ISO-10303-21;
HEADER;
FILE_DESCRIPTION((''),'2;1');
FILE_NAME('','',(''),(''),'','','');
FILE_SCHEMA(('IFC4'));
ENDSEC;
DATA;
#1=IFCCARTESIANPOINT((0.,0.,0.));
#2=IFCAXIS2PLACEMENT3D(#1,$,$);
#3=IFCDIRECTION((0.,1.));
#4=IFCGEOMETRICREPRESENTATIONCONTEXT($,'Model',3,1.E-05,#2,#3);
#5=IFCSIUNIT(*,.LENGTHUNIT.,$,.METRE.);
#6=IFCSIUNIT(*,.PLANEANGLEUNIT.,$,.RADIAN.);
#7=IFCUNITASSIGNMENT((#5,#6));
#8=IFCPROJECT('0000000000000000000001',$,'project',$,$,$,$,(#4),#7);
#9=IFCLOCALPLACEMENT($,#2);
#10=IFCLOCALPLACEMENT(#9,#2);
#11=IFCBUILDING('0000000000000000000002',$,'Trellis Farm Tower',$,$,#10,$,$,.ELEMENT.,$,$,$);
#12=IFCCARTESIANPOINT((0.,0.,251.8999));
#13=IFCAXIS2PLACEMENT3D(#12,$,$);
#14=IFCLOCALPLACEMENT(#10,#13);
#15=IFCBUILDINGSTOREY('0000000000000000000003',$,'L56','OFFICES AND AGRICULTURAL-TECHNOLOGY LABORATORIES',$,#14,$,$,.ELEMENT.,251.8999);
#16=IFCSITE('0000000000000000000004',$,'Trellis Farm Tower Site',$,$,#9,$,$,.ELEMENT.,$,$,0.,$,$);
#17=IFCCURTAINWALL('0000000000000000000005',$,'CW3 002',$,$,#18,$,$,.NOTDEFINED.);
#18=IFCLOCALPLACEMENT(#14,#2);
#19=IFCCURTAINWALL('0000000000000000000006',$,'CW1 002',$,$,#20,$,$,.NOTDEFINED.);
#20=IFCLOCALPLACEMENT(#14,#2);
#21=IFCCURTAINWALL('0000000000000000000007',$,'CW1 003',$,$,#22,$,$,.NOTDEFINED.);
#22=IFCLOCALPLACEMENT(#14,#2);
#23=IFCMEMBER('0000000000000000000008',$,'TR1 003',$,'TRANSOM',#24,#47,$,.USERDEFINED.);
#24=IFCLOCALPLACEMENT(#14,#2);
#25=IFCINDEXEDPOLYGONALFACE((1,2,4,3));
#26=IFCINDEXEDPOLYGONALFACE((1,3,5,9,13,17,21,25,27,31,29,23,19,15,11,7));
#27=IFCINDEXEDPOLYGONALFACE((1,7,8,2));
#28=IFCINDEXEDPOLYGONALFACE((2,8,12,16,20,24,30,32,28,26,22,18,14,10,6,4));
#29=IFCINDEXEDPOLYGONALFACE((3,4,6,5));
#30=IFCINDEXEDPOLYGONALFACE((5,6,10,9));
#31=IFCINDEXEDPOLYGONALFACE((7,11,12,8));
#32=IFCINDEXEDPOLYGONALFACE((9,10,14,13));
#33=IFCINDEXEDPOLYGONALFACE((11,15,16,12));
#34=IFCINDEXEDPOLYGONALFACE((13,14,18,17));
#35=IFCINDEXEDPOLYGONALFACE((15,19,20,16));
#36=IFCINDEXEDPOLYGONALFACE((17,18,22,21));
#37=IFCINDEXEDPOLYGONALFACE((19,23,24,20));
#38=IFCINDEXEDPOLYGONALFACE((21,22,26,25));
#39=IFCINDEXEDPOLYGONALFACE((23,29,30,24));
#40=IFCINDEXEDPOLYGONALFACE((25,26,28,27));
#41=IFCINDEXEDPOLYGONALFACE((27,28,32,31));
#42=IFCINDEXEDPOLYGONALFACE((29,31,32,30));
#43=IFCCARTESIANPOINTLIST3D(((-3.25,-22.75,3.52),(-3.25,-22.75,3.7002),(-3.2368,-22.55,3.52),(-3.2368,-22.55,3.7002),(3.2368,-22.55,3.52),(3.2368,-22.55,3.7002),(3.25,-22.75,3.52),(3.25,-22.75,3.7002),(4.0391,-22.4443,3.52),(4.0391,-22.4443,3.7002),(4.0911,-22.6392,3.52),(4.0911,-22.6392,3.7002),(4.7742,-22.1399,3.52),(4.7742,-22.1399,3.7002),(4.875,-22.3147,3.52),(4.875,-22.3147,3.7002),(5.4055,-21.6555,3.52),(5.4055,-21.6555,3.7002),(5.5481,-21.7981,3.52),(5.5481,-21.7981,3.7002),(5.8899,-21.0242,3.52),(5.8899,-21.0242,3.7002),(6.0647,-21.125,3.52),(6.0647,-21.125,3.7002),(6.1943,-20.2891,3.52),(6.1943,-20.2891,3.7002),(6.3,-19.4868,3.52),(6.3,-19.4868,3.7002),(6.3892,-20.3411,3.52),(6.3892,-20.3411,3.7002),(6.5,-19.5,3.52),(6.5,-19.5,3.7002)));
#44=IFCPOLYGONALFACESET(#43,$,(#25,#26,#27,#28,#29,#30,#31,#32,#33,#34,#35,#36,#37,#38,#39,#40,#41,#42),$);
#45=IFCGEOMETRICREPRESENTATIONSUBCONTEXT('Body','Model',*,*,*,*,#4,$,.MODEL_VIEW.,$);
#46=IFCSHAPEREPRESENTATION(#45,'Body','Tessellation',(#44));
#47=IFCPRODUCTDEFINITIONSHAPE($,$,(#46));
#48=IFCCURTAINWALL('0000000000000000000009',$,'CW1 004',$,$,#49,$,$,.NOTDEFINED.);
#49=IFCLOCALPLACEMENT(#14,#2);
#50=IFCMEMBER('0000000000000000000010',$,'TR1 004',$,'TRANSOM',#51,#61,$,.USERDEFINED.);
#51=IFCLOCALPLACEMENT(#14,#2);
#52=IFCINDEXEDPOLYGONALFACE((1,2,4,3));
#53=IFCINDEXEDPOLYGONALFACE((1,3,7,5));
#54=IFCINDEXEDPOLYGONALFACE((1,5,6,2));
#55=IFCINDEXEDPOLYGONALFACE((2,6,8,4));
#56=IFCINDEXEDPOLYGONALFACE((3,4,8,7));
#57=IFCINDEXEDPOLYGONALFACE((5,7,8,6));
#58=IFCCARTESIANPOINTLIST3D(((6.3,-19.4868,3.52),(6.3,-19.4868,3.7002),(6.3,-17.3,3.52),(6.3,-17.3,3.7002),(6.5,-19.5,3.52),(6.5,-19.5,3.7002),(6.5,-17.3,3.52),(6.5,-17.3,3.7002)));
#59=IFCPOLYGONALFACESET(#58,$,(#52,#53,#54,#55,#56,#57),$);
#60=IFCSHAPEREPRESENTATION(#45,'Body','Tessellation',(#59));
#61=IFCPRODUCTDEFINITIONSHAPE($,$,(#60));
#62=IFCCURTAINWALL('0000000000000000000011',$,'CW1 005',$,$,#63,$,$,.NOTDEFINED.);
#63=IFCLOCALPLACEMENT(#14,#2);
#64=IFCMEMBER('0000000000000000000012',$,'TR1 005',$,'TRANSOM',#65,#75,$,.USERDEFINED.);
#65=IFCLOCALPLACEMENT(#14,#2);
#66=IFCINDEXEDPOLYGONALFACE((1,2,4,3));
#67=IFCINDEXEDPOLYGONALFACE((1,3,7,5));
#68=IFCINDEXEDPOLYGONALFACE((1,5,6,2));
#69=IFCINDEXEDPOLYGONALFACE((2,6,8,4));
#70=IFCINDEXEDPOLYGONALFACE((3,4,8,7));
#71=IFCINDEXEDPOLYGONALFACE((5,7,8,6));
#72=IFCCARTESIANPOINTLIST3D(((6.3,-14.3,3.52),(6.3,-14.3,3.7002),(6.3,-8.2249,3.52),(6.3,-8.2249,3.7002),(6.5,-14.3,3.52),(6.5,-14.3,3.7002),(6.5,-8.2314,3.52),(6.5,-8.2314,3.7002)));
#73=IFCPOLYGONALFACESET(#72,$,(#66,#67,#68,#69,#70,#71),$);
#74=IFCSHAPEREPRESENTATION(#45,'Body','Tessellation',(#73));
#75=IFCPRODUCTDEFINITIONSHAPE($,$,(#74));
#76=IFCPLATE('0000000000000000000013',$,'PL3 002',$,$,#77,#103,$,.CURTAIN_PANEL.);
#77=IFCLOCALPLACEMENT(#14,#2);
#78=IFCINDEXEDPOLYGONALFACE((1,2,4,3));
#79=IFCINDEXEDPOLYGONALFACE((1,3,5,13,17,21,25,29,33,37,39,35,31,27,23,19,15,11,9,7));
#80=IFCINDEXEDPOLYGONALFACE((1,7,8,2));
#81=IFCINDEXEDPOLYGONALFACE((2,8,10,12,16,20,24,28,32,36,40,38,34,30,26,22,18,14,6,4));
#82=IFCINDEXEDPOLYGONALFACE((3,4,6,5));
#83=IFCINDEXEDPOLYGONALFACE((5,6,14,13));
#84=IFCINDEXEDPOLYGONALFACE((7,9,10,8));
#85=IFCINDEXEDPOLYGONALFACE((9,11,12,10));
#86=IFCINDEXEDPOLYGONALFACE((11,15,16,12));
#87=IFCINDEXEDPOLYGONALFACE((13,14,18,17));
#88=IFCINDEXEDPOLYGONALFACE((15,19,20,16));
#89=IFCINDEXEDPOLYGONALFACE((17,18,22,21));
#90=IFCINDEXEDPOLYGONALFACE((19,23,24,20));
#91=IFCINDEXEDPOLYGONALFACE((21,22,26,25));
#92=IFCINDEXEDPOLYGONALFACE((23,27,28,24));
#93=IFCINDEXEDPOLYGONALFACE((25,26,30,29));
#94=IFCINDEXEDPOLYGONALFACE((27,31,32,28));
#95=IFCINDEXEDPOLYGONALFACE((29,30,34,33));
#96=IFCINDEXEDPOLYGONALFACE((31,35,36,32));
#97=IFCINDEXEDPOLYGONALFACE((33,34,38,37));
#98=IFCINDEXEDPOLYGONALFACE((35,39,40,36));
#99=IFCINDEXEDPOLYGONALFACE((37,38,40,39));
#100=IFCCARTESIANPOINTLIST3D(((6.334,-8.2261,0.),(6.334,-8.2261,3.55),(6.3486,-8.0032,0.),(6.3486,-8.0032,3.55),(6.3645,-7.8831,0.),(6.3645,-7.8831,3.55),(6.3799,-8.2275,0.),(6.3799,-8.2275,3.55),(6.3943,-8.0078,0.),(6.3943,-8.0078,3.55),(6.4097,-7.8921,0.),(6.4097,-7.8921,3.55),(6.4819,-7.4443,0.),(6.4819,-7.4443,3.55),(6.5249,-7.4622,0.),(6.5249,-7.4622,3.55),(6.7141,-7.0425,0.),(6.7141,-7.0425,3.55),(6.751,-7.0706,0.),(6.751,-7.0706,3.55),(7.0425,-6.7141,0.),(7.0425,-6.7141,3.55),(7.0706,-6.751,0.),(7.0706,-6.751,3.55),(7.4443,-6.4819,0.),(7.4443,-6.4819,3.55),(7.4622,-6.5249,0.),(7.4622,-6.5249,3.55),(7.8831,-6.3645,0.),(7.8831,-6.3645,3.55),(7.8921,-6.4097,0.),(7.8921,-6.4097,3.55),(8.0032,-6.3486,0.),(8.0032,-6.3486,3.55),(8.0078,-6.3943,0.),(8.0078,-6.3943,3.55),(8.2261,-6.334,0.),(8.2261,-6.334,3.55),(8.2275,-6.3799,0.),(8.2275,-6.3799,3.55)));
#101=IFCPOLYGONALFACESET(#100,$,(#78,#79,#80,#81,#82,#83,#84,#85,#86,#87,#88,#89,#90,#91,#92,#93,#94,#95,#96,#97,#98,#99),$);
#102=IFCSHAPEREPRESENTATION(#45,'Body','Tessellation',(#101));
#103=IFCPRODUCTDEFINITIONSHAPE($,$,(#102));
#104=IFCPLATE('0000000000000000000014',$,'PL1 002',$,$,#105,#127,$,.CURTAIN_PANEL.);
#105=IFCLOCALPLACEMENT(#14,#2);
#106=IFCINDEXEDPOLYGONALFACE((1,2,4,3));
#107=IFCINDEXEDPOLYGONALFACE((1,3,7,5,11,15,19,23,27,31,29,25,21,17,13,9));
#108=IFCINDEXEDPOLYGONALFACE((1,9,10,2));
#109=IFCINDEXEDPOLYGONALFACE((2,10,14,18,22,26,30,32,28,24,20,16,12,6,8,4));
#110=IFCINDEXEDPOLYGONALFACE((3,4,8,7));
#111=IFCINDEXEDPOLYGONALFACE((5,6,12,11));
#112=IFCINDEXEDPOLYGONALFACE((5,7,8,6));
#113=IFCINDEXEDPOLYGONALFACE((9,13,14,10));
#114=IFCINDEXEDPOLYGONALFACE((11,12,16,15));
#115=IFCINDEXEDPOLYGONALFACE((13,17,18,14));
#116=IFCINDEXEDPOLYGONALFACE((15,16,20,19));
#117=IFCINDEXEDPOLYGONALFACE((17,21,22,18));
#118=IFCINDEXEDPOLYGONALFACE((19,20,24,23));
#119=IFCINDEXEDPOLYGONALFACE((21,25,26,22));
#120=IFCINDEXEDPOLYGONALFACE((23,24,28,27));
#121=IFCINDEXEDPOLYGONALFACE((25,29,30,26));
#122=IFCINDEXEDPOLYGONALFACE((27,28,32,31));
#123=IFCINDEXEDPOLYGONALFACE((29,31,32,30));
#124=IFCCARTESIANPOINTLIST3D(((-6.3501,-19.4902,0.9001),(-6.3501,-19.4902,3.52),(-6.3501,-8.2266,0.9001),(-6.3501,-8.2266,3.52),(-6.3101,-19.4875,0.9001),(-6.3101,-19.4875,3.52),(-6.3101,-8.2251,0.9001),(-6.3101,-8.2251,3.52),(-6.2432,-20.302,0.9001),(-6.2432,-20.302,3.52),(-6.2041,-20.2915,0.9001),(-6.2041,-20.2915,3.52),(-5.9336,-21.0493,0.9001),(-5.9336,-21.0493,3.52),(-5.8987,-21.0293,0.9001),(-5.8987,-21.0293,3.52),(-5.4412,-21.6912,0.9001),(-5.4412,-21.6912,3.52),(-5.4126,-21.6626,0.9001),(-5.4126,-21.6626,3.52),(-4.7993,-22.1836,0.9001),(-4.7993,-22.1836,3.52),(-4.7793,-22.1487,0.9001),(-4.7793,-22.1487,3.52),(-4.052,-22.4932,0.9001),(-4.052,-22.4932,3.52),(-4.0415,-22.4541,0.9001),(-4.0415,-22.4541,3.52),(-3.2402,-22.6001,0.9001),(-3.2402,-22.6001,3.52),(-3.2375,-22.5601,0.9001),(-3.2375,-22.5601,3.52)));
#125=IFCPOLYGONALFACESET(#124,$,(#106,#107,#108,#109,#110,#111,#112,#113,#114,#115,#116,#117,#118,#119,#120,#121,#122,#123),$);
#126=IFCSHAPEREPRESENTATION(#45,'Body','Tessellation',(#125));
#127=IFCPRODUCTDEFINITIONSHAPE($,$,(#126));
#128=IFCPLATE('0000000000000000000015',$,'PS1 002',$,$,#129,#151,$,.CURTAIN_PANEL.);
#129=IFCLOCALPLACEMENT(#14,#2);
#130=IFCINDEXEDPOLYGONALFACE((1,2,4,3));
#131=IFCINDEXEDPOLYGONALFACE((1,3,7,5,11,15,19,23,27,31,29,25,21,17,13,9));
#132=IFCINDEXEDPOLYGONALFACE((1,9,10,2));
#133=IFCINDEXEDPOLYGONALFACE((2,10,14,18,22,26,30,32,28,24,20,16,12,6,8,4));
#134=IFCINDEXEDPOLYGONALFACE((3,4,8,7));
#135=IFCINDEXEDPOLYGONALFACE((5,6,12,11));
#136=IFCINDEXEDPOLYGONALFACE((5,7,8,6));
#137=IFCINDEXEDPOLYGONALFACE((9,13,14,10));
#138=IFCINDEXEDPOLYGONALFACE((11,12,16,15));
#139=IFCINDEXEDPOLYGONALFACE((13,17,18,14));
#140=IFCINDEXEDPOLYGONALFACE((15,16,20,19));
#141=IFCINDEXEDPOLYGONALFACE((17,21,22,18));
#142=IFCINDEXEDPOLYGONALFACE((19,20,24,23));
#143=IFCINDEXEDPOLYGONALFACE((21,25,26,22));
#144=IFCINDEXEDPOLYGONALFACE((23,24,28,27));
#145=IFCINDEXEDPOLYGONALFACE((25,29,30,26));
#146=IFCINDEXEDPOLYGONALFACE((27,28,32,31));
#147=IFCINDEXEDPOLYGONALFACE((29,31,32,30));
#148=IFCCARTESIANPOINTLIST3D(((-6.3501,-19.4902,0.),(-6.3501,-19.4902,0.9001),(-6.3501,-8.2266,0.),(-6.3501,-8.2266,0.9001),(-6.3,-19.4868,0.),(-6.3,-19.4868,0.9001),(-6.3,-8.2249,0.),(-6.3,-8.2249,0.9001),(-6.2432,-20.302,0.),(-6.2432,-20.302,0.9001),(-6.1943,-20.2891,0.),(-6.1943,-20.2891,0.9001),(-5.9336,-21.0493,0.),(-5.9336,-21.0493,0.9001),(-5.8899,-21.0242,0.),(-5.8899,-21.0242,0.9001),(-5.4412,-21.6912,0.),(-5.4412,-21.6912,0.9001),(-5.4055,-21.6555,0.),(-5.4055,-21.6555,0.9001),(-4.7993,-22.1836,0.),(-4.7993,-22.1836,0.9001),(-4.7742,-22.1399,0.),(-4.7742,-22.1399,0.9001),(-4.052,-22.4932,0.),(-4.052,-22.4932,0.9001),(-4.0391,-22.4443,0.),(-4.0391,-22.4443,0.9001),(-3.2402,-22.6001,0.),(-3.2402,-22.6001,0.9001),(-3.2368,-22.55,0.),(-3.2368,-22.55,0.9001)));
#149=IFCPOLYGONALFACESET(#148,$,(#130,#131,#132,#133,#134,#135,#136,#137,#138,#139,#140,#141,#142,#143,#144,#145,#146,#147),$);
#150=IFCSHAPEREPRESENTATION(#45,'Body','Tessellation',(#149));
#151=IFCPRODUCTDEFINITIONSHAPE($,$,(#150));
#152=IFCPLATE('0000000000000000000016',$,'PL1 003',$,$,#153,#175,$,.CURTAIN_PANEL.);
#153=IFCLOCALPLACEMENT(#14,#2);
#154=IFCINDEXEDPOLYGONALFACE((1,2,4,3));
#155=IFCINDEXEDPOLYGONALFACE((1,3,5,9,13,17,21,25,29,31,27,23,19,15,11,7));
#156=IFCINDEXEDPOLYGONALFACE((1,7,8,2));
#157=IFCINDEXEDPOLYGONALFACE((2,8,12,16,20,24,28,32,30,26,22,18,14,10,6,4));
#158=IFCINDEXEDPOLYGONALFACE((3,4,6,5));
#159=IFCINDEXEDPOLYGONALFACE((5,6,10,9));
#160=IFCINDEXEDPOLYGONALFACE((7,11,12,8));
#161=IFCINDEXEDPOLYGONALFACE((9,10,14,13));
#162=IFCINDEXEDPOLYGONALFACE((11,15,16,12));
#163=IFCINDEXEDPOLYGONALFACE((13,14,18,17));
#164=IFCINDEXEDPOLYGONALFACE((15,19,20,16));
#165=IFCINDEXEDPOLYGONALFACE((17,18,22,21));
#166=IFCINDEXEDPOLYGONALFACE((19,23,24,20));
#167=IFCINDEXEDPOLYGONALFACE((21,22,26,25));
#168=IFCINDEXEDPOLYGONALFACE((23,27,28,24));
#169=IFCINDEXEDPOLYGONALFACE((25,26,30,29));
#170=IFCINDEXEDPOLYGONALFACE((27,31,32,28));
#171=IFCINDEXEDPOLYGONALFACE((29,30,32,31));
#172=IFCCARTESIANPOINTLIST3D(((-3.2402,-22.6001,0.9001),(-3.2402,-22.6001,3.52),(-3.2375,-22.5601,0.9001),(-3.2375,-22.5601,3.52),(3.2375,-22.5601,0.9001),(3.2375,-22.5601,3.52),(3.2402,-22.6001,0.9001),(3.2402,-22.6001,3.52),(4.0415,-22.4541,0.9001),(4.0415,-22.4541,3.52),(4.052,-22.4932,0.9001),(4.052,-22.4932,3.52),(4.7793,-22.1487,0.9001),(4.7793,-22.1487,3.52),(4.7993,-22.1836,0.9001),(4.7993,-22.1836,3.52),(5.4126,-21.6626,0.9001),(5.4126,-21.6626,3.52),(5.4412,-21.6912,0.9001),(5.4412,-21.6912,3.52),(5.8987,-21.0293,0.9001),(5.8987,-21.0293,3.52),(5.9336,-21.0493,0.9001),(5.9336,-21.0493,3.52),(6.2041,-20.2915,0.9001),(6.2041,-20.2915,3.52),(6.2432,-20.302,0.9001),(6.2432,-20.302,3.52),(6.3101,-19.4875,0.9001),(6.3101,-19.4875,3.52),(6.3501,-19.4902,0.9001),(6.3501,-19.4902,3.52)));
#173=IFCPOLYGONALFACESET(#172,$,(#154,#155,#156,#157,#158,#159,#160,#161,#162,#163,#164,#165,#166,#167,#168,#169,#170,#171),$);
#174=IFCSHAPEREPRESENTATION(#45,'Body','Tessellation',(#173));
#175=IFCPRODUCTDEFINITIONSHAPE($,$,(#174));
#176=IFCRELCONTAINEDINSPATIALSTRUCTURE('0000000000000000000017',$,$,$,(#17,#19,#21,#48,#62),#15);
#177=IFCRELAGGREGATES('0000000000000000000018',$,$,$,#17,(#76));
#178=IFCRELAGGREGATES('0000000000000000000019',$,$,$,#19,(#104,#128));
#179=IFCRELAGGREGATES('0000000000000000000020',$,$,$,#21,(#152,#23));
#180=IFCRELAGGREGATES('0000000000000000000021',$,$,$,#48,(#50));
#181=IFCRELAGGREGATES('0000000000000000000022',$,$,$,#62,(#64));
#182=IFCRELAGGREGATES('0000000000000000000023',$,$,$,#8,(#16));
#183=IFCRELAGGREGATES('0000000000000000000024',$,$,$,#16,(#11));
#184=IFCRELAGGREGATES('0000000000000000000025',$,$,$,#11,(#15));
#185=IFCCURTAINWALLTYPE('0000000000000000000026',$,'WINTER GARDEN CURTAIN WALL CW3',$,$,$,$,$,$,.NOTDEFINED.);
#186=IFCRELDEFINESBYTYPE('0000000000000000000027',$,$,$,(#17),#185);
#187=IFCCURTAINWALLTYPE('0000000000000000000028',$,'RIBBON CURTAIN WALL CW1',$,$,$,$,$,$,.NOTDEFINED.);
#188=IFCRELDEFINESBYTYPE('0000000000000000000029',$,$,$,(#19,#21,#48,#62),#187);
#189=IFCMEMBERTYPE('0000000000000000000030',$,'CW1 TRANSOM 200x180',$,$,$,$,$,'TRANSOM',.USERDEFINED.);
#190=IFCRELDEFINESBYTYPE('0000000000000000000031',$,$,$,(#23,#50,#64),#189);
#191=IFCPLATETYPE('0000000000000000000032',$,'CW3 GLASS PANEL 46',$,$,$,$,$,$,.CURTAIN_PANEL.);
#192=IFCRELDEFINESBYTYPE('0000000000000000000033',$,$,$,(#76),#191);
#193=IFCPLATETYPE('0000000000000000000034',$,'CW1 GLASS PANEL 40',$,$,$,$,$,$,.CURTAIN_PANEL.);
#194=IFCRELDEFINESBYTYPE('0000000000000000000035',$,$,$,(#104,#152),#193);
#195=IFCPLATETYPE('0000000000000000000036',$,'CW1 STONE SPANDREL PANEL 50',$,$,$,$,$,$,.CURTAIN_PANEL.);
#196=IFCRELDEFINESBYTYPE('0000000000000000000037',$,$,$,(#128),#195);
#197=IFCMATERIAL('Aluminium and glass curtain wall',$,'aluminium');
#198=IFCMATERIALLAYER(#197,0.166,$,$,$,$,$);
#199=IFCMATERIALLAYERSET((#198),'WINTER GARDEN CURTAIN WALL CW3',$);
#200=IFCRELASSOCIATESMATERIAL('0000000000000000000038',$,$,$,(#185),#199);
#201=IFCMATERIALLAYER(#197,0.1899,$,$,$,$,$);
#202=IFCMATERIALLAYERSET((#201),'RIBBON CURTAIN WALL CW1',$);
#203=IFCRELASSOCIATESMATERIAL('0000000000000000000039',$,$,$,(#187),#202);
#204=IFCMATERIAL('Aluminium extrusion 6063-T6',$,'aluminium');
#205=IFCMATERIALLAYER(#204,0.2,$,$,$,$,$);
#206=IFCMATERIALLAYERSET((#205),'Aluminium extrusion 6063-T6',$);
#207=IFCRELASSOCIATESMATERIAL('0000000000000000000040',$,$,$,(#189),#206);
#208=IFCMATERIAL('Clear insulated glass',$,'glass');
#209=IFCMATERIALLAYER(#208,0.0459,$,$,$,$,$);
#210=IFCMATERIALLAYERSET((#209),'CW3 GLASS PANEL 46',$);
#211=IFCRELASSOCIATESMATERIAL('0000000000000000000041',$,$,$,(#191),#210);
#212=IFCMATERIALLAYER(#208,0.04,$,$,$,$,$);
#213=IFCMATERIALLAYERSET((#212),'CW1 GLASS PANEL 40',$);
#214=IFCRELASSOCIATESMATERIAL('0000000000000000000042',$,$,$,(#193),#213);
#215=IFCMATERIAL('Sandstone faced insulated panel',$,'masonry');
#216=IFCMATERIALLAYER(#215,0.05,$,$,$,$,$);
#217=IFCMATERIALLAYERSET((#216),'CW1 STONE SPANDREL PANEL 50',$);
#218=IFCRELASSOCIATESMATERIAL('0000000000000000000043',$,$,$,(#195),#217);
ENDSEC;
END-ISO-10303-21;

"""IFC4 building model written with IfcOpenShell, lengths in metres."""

from ifc_helpers import new_model, si_unit, direction, frame, origin, place, context, subcontext, project, spatial, polyline, outline, extrude, source, transform, mapped, material, layer, layer_set, type_object, element, aggregate, save


model = new_model("IFC4")

# Units and contexts
model_context = context("Model", 3, precision=1e-05, world=origin(), true_north=direction((0.0, 1.0)))
body_context = subcontext(model_context, "Body", "Model", "MODEL_VIEW")
ifc_project = project(units=[si_unit("LENGTHUNIT", "METRE"), si_unit("PLANEANGLEUNIT", "RADIAN")], contexts=[model_context])

# Site, building, storey
site_placement = place(None, origin())
site = spatial("IfcSite", under=ifc_project, at=site_placement, Name="Trellis Farm Tower Site", CompositionType="ELEMENT", RefElevation=0.0)
building_placement = place(site_placement, origin())
building = spatial("IfcBuilding", under=site, at=building_placement, Name="Trellis Farm Tower", CompositionType="ELEMENT")
storey_placement = place(building_placement, frame((0.0, 0.0, 251.8999)))
storey = spatial("IfcBuildingStorey", under=building, at=storey_placement, Name="L56", Description="OFFICES AND AGRICULTURAL-TECHNOLOGY LABORATORIES", CompositionType="ELEMENT", Elevation=251.8999)

# Curtain walls, members
ifc_material_1 = material(Name="Aluminium and glass curtain wall", Category="aluminium")
ifc_layer_1 = layer(ifc_material_1, 0.166)
ifc_layer_set_1 = layer_set([ifc_layer_1], Name="WINTER GARDEN CURTAIN WALL CW3")
curtain_wall_type_1 = type_object("IfcCurtainWallType", Name="WINTER GARDEN CURTAIN WALL CW3", PredefinedType="NOTDEFINED", material=ifc_layer_set_1)
placement_1 = place(storey_placement, origin())
ifc_material_2 = material(Name="Aluminium extrusion 6063-T6", Category="aluminium")
curtain_wall_1 = element("IfcCurtainWall", 1, at=placement_1, inside=storey, type_object=curtain_wall_type_1, Name="CW3 002", PredefinedType="NOTDEFINED")
ifc_layer_2 = layer(ifc_material_1, 0.1899)
ifc_layer_set_2 = layer_set([ifc_layer_2], Name="RIBBON CURTAIN WALL CW1")
curtain_wall_type_2 = type_object("IfcCurtainWallType", Name="RIBBON CURTAIN WALL CW1", PredefinedType="NOTDEFINED", material=ifc_layer_set_2)
curtain_wall_2 = element("IfcCurtainWall", 2, at=placement_1, inside=storey, type_object=curtain_wall_type_2, Name="CW1 002", PredefinedType="NOTDEFINED")
ifc_layer_3 = layer(ifc_material_2, 0.2)
ifc_layer_set_3 = layer_set([ifc_layer_3], Name="Aluminium extrusion 6063-T6")
member_type_1 = type_object("IfcMemberType", Name="CW1 TRANSOM 200x180", ElementType="TRANSOM", PredefinedType="USERDEFINED", material=ifc_layer_set_3)
placement_2 = place(storey_placement, frame((0.0, 0.0, 3.52)))
curtain_wall_3 = element("IfcCurtainWall", 3, at=placement_1, inside=storey, type_object=curtain_wall_type_2, Name="CW1 003", PredefinedType="NOTDEFINED")
shared_shape_1 = source(origin(), body_context, "Body", "SweptSolid", [
    extrude(outline(polyline([(-3.25, -22.75), (3.25, -22.75), (4.0911, -22.6392), (4.875, -22.3147), (5.5481, -21.7981), (6.0647, -21.125), (6.3892, -20.3411), (6.5, -19.5), (6.3, -19.4868), (6.1943, -20.2891), (5.8899, -21.0242), (5.4055, -21.6555), (4.7742, -22.1399), (4.0391, -22.4443), (3.2368, -22.55), (-3.2368, -22.55), (-3.25, -22.75)])), origin(), (0.0, 0.0, 1.0), 0.1802),
])
member_1 = element("IfcMember", 4, at=placement_2, type_object=member_type_1, Name="TR1 003", ObjectType="TRANSOM", PredefinedType="USERDEFINED", context=body_context, shape_type="MappedRepresentation", body=[
    mapped(shared_shape_1, transform((0.0, 0.0, 0.0))),
])
curtain_wall_4 = element("IfcCurtainWall", 5, at=placement_1, inside=storey, type_object=curtain_wall_type_2, Name="CW1 004", PredefinedType="NOTDEFINED")
shared_shape_2 = source(origin(), body_context, "Body", "SweptSolid", [
    extrude(outline(polyline([(6.5, -19.5), (6.5, -17.3), (6.3, -17.3), (6.3, -19.4868), (6.5, -19.5)])), origin(), (0.0, 0.0, 1.0), 0.1802),
])
member_2 = element("IfcMember", 6, at=placement_2, type_object=member_type_1, Name="TR1 004", ObjectType="TRANSOM", PredefinedType="USERDEFINED", context=body_context, shape_type="MappedRepresentation", body=[
    mapped(shared_shape_2, transform((0.0, 0.0, 0.0))),
])
curtain_wall_5 = element("IfcCurtainWall", 7, at=placement_1, inside=storey, type_object=curtain_wall_type_2, Name="CW1 005", PredefinedType="NOTDEFINED")
shared_shape_3 = source(origin(), body_context, "Body", "SweptSolid", [
    extrude(outline(polyline([(6.5, -14.3), (6.5, -8.2314), (6.3, -8.2249), (6.3, -14.3), (6.5, -14.3)])), origin(), (0.0, 0.0, 1.0), 0.1802),
])
member_3 = element("IfcMember", 8, at=placement_2, type_object=member_type_1, Name="TR1 005", ObjectType="TRANSOM", PredefinedType="USERDEFINED", context=body_context, shape_type="MappedRepresentation", body=[
    mapped(shared_shape_3, transform((0.0, 0.0, 0.0))),
])

# Plates
ifc_material_3 = material(Name="Clear insulated glass", Category="glass")
ifc_layer_4 = layer(ifc_material_3, 0.0459)
ifc_layer_set_4 = layer_set([ifc_layer_4], Name="CW3 GLASS PANEL 46")
plate_type_1 = type_object("IfcPlateType", Name="CW3 GLASS PANEL 46", PredefinedType="CURTAIN_PANEL", material=ifc_layer_set_4)
shared_shape_4 = source(origin(), body_context, "Body", "SweptSolid", [
    extrude(outline(polyline([(6.3799, -8.2275), (6.3943, -8.0078), (6.4097, -7.8921), (6.5249, -7.4622), (6.751, -7.0706), (7.0706, -6.751), (7.4622, -6.5249), (7.8921, -6.4097), (8.0078, -6.3943), (8.2275, -6.3799), (8.2261, -6.334), (8.0032, -6.3486), (7.8831, -6.3645), (7.4443, -6.4819), (7.0425, -6.7141), (6.7141, -7.0425), (6.4819, -7.4443), (6.3645, -7.8831), (6.3486, -8.0032), (6.334, -8.2261), (6.3799, -8.2275)])), origin(), (0.0, 0.0, 1.0), 3.55),
])
plate_1 = element("IfcPlate", 9, at=placement_1, type_object=plate_type_1, Name="PL3 002", PredefinedType="CURTAIN_PANEL", context=body_context, shape_type="MappedRepresentation", body=[
    mapped(shared_shape_4, transform((0.0, 0.0, 0.0))),
])
aggregate(curtain_wall_1, [plate_1])
ifc_layer_5 = layer(ifc_material_3, 0.04)
ifc_layer_set_5 = layer_set([ifc_layer_5], Name="CW1 GLASS PANEL 40")
plate_type_2 = type_object("IfcPlateType", Name="CW1 GLASS PANEL 40", PredefinedType="CURTAIN_PANEL", material=ifc_layer_set_5)
shared_shape_5 = source(origin(), body_context, "Body", "SweptSolid", [
    extrude(outline(polyline([(-6.3501, -8.2266), (-6.3501, -19.4902), (-6.2432, -20.302), (-5.9336, -21.0493), (-5.4412, -21.6912), (-4.7993, -22.1836), (-4.052, -22.4932), (-3.2402, -22.6001), (-3.2375, -22.5601), (-4.0415, -22.4541), (-4.7793, -22.1487), (-5.4126, -21.6626), (-5.8987, -21.0293), (-6.2041, -20.2915), (-6.3101, -19.4875), (-6.3101, -8.2251), (-6.3501, -8.2266)])), origin(), (0.0, 0.0, 1.0), 2.6199),
])
placement_3 = place(storey_placement, frame((0.0, 0.0, 0.9001)))
plate_2 = element("IfcPlate", 10, at=placement_3, type_object=plate_type_2, Name="PL1 002", PredefinedType="CURTAIN_PANEL", context=body_context, shape_type="MappedRepresentation", body=[
    mapped(shared_shape_5, transform((0.0, 0.0, 0.0))),
])
ifc_material_4 = material(Name="Sandstone faced insulated panel", Category="masonry")
ifc_layer_6 = layer(ifc_material_4, 0.05)
ifc_layer_set_6 = layer_set([ifc_layer_6], Name="CW1 STONE SPANDREL PANEL 50")
plate_type_3 = type_object("IfcPlateType", Name="CW1 STONE SPANDREL PANEL 50", PredefinedType="CURTAIN_PANEL", material=ifc_layer_set_6)
shared_shape_6 = source(origin(), body_context, "Body", "SweptSolid", [
    extrude(outline(polyline([(-6.3501, -8.2266), (-6.3501, -19.4902), (-6.2432, -20.302), (-5.9336, -21.0493), (-5.4412, -21.6912), (-4.7993, -22.1836), (-4.052, -22.4932), (-3.2402, -22.6001), (-3.2368, -22.55), (-4.0391, -22.4443), (-4.7742, -22.1399), (-5.4055, -21.6555), (-5.8899, -21.0242), (-6.1943, -20.2891), (-6.3, -19.4868), (-6.3, -8.2249), (-6.3501, -8.2266)])), origin(), (0.0, 0.0, 1.0), 0.9001),
])
plate_3 = element("IfcPlate", 11, at=placement_1, type_object=plate_type_3, Name="PS1 002", PredefinedType="CURTAIN_PANEL", context=body_context, shape_type="MappedRepresentation", body=[
    mapped(shared_shape_6, transform((0.0, 0.0, 0.0))),
])
aggregate(curtain_wall_2, [plate_2, plate_3])
shared_shape_7 = source(origin(), body_context, "Body", "SweptSolid", [
    extrude(outline(polyline([(-3.2402, -22.6001), (3.2402, -22.6001), (4.052, -22.4932), (4.7993, -22.1836), (5.4412, -21.6912), (5.9336, -21.0493), (6.2432, -20.302), (6.3501, -19.4902), (6.3101, -19.4875), (6.2041, -20.2915), (5.8987, -21.0293), (5.4126, -21.6626), (4.7793, -22.1487), (4.0415, -22.4541), (3.2375, -22.5601), (-3.2375, -22.5601), (-3.2402, -22.6001)])), origin(), (0.0, 0.0, 1.0), 2.6199),
])
plate_4 = element("IfcPlate", 12, at=placement_3, type_object=plate_type_2, Name="PL1 003", PredefinedType="CURTAIN_PANEL", context=body_context, shape_type="MappedRepresentation", body=[
    mapped(shared_shape_7, transform((0.0, 0.0, 0.0))),
])
aggregate(curtain_wall_3, [plate_4, member_1])
aggregate(curtain_wall_4, [member_2])
aggregate(curtain_wall_5, [member_3])

save(model, "model.ifc")
